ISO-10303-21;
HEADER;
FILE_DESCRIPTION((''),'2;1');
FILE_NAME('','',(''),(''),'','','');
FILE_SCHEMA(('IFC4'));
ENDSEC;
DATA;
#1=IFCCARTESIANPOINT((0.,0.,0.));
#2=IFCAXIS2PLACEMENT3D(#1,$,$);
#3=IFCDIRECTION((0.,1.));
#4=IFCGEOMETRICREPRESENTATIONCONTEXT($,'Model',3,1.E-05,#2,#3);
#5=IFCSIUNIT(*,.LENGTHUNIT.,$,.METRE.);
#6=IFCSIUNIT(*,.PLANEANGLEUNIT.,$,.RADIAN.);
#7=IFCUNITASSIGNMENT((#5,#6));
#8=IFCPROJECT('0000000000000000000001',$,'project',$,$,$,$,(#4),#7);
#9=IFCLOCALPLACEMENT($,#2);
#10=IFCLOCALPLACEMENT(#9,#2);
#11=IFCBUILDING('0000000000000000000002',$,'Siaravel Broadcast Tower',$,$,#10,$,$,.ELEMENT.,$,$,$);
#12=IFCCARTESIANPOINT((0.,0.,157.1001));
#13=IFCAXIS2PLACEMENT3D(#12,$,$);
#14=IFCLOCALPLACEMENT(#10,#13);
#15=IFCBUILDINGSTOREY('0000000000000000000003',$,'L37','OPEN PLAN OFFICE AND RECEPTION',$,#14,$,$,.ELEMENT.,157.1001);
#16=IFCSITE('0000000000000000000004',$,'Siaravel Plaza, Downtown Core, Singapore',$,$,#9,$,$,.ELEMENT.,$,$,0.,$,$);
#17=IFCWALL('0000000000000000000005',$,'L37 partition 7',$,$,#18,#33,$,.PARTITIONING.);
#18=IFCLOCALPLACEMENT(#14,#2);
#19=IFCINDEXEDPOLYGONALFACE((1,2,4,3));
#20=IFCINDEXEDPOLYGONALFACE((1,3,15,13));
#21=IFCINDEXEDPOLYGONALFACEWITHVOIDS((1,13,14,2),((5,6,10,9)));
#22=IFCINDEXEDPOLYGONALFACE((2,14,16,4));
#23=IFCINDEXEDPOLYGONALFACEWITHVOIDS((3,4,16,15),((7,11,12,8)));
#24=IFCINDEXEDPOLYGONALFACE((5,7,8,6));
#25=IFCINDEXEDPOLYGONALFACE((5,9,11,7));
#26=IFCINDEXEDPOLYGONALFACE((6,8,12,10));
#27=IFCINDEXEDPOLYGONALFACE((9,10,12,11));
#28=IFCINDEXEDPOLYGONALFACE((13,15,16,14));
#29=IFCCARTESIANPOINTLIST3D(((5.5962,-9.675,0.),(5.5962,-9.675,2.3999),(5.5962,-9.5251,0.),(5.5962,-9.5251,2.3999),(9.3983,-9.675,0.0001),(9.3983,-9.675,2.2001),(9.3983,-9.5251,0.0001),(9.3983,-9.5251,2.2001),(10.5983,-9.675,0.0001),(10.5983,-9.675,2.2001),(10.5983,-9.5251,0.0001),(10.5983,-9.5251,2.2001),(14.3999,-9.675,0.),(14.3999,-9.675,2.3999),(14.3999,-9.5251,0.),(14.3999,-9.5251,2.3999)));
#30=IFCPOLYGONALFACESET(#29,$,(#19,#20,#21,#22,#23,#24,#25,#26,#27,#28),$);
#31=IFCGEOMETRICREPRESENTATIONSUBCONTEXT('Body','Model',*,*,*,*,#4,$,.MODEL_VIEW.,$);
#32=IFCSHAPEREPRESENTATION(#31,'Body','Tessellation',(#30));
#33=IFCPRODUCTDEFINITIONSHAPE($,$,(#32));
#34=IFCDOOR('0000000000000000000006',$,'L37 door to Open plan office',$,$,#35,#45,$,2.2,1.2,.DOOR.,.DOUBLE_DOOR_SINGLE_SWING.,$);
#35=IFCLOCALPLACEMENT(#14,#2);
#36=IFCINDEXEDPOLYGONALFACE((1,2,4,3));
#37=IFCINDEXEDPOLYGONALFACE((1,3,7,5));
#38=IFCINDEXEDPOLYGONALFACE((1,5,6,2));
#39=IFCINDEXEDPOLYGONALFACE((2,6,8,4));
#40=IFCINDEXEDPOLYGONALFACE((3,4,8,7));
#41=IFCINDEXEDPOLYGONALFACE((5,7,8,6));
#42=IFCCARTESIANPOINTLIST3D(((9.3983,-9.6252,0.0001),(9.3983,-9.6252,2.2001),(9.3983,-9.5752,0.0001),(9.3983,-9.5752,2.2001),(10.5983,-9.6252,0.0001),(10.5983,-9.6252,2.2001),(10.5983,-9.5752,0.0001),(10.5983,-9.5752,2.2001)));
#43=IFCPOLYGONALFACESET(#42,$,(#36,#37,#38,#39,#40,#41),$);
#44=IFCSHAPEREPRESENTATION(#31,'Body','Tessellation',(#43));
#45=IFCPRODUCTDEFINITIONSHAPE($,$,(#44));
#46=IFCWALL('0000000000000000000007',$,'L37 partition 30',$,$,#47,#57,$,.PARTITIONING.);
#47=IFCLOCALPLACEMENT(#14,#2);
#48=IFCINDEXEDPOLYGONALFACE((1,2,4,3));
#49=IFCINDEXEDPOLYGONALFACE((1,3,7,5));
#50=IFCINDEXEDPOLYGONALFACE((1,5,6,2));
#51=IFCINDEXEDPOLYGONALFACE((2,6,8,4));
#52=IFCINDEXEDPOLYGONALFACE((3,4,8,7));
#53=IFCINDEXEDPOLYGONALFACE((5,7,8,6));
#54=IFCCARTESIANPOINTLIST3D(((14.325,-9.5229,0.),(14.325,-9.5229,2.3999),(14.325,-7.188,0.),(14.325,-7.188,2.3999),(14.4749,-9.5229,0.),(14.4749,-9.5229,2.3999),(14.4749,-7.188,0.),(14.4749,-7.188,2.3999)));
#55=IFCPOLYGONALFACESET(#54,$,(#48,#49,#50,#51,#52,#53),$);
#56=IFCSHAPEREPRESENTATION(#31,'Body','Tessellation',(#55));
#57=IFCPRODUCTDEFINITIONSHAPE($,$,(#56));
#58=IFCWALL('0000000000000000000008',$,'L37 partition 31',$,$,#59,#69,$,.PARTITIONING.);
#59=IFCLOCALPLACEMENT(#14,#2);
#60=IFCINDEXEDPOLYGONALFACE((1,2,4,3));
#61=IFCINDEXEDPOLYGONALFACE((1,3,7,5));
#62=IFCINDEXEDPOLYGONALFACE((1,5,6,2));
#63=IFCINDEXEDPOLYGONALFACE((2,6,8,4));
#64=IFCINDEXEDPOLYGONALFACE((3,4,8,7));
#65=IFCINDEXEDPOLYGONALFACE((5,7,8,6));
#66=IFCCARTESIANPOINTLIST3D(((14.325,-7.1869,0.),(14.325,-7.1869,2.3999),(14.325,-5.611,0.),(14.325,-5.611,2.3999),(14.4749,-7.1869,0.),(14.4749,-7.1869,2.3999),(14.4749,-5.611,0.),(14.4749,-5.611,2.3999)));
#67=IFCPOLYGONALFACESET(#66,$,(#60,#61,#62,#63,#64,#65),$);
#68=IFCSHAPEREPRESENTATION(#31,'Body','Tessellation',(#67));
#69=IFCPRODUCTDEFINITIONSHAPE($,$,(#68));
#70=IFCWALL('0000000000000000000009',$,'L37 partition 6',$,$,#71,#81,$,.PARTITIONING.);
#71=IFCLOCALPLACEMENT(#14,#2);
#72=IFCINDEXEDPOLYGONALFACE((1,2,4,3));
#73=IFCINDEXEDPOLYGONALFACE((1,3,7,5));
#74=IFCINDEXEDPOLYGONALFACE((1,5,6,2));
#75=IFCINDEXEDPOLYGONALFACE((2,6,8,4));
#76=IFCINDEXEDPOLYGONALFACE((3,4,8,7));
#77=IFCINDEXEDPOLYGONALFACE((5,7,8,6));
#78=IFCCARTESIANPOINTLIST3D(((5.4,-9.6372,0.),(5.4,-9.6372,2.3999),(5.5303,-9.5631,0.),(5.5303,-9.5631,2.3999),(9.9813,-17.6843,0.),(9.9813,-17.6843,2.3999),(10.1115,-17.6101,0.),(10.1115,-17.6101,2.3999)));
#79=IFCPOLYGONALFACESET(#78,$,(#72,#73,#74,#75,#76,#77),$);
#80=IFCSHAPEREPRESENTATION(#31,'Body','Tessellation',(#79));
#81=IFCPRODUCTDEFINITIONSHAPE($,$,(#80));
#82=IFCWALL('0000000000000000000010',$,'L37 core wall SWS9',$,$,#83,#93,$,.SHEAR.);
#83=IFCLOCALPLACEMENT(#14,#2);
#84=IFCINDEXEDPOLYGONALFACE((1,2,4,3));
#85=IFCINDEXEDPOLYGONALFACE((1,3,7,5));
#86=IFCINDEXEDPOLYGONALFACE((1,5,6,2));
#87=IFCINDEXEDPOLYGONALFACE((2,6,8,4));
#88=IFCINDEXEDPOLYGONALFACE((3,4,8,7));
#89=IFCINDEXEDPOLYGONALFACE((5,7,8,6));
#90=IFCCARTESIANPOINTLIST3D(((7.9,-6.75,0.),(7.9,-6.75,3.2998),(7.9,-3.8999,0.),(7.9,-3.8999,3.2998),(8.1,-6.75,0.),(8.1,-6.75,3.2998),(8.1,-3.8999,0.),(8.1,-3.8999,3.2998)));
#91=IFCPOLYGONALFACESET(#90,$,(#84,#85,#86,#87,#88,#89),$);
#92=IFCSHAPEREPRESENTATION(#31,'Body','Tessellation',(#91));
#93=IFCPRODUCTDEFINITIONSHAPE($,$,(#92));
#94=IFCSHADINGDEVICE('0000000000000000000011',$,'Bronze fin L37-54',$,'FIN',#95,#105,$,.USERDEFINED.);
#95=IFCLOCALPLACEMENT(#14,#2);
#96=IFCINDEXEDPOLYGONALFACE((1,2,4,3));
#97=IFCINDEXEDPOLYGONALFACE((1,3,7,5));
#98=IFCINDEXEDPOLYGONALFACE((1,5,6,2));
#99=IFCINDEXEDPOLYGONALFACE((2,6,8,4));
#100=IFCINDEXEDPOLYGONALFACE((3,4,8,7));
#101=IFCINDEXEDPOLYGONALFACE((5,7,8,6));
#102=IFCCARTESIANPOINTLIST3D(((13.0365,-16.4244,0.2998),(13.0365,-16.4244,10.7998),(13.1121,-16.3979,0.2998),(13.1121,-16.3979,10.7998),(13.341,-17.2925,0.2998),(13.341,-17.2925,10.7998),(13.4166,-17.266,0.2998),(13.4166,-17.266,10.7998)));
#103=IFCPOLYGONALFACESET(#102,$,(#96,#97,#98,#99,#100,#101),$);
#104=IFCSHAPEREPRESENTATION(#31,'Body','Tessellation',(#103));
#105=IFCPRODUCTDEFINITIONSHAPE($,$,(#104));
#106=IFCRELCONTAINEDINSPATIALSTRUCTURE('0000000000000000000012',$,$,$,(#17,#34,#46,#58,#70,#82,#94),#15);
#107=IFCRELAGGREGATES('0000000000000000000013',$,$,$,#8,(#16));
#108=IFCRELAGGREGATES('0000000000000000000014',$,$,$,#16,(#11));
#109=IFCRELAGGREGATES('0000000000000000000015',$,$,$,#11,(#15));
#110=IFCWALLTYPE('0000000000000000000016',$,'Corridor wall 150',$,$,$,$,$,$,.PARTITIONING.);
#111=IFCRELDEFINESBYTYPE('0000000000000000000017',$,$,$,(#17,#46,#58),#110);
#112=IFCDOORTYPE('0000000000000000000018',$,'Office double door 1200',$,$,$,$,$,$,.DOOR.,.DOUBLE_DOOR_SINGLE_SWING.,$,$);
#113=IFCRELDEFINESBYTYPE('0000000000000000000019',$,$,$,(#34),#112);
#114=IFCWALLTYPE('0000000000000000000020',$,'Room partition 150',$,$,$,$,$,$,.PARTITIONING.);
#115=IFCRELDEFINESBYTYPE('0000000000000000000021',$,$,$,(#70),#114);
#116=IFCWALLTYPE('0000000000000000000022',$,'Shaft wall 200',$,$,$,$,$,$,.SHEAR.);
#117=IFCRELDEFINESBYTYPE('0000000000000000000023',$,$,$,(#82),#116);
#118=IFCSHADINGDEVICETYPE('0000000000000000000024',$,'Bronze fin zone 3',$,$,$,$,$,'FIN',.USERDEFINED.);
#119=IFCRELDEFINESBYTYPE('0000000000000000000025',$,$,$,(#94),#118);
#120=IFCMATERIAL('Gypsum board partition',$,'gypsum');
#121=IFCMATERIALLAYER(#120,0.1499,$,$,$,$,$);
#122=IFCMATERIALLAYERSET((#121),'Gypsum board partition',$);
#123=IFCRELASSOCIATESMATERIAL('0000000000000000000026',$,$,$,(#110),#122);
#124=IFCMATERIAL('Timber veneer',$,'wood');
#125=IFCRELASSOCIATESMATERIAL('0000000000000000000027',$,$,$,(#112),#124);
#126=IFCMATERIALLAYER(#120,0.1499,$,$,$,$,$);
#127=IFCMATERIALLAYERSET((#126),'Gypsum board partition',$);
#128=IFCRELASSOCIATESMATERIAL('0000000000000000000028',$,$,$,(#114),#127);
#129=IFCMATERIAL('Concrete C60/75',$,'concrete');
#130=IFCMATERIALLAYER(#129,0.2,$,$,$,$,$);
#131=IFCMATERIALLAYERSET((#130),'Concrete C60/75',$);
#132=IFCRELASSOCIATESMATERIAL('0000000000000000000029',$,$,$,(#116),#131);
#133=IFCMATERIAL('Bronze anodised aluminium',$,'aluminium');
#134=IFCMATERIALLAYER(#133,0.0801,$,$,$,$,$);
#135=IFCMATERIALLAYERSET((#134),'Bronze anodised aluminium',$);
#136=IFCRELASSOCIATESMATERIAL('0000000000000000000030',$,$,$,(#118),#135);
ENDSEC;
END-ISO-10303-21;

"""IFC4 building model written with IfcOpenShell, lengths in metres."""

from ifc_helpers import new_model, si_unit, direction, frame, frame_2d, origin, origin_2d, place, context, subcontext, project, spatial, rectangle, extrude, material, layer, layer_set, type_object, element, fill, save


model = new_model("IFC4")

# Units and contexts
model_context = context("Model", 3, precision=1e-05, world=origin(), true_north=direction((0.0, 1.0)))
body_context = subcontext(model_context, "Body", "Model", "MODEL_VIEW")
ifc_project = project(units=[si_unit("LENGTHUNIT", "METRE"), si_unit("PLANEANGLEUNIT", "RADIAN")], contexts=[model_context])

# Site, building, storey
site_placement = place(None, origin())
site = spatial("IfcSite", under=ifc_project, at=site_placement, Name="Siaravel Plaza, Downtown Core, Singapore", CompositionType="ELEMENT", RefElevation=0.0)
building_placement = place(site_placement, origin())
building = spatial("IfcBuilding", under=site, at=building_placement, Name="Siaravel Broadcast Tower", CompositionType="ELEMENT")
storey_placement = place(building_placement, frame((0.0, 0.0, 157.1001)))
storey = spatial("IfcBuildingStorey", under=building, at=storey_placement, Name="L37", Description="OPEN PLAN OFFICE AND RECEPTION", CompositionType="ELEMENT", Elevation=157.1001)

# Shared definitions
ifc_material_1 = material(Name="Concrete C60/75", Category="concrete")

# Wall, opening, door
ifc_material_2 = material(Name="Gypsum board partition", Category="gypsum")
ifc_layer_1 = layer(ifc_material_2, 0.1499)
ifc_layer_set_1 = layer_set([ifc_layer_1], Name="Gypsum board partition")
wall_type_1 = type_object("IfcWallType", Name="Corridor wall 150", PredefinedType="PARTITIONING", material=ifc_layer_set_1)
wall_1_placement = place(storey_placement, frame((5.5962, -9.6001, 0.0), z_axis=(0.0, 0.0, 1.0), x_axis=(1.0, 0.0, 0.0)))
wall_1 = element("IfcWall", 1, at=wall_1_placement, inside=storey, type_object=wall_type_1, Name="L37 partition 7", PredefinedType="PARTITIONING", context=body_context, shape_type="SweptSolid", body=[
    extrude(rectangle(XDim=8.8037, YDim=0.1499, at=frame_2d((4.4019, 0.0))), origin(), (0.0, 0.0, 1.0), 2.3999),
])
opening_1_placement = place(wall_1_placement, frame((3.802, 0.0, 0.0)))
opening_1 = element("IfcOpeningElement", 2, at=opening_1_placement, cuts=wall_1, PredefinedType="OPENING", context=body_context, shape_type="SweptSolid", body=[
    extrude(rectangle(XDim=1.2, YDim=2.2, at=frame_2d((0.6001, 1.1001))), frame((0.0, 0.085, 0.0), z_axis=(0.0, -1.0, 0.0), x_axis=(1.0, 0.0, 0.0)), (0.0, 0.0, 1.0), 0.1699),
])
ifc_material_3 = material(Name="Timber veneer", Category="wood")
door_type_1 = type_object("IfcDoorType", Name="Office double door 1200", OperationType="DOUBLE_DOOR_SINGLE_SWING", PredefinedType="DOOR", material=ifc_material_3)
door_1_placement = place(opening_1_placement, origin())
door_1 = element("IfcDoor", 3, at=door_1_placement, inside=storey, type_object=door_type_1, Name="L37 door to Open plan office", OperationType="DOUBLE_DOOR_SINGLE_SWING", OverallHeight=2.2, OverallWidth=1.2, PredefinedType="DOOR", context=body_context, shape_type="SweptSolid", body=[
    extrude(rectangle(XDim=1.2, YDim=2.2, at=frame_2d((0.6001, 1.1001))), frame((0.0, 0.0249, 0.0), z_axis=(0.0, -1.0, 0.0), x_axis=(1.0, 0.0, 0.0)), (0.0, 0.0, 1.0), 0.05),
])
fill(opening_1, door_1)

# Walls
wall_2_placement = place(storey_placement, frame((14.3999, -9.5229, 0.0), z_axis=(0.0, 0.0, 1.0), x_axis=(0.0, 1.0, 0.0)))
element("IfcWall", 4, at=wall_2_placement, inside=storey, type_object=wall_type_1, Name="L37 partition 30", PredefinedType="PARTITIONING", context=body_context, shape_type="SweptSolid", body=[
    extrude(rectangle(XDim=2.335, YDim=0.1499, at=frame_2d((1.1675, 0.0))), origin(), (0.0, 0.0, 1.0), 2.3999),
])
wall_3_placement = place(storey_placement, frame((14.3999, -7.187, 0.0), z_axis=(0.0, 0.0, 1.0), x_axis=(0.0, 1.0, 0.0)))
element("IfcWall", 5, at=wall_3_placement, inside=storey, type_object=wall_type_1, Name="L37 partition 31", PredefinedType="PARTITIONING", context=body_context, shape_type="SweptSolid", body=[
    extrude(rectangle(XDim=1.5759, YDim=0.1499, at=frame_2d((0.7881, 0.0))), origin(), (0.0, 0.0, 1.0), 2.3999),
])
ifc_layer_2 = layer(ifc_material_2, 0.1499)
ifc_layer_set_2 = layer_set([ifc_layer_2], Name="Gypsum board partition")
wall_type_2 = type_object("IfcWallType", Name="Room partition 150", PredefinedType="PARTITIONING", material=ifc_layer_set_2)
wall_4_placement = place(storey_placement, frame((10.0464, -17.6472, 0.0), z_axis=(0.0, 0.0, 1.0), x_axis=(-0.49475, 0.869035, 0.0)))
element("IfcWall", 6, at=wall_4_placement, inside=storey, type_object=wall_type_2, Name="L37 partition 6", PredefinedType="PARTITIONING", context=body_context, shape_type="SweptSolid", body=[
    extrude(rectangle(XDim=9.2598, YDim=0.1499, at=frame_2d((4.6299, 0.0))), origin(), (0.0, 0.0, 1.0), 2.3999),
])
ifc_layer_3 = layer(ifc_material_1, 0.2)
ifc_layer_set_3 = layer_set([ifc_layer_3], Name="Concrete C60/75")
wall_type_3 = type_object("IfcWallType", Name="Shaft wall 200", PredefinedType="SHEAR", material=ifc_layer_set_3)
wall_5_placement = place(storey_placement, frame((8.0, -6.75, 0.0), z_axis=(0.0, 0.0, 1.0), x_axis=(0.0, 1.0, 0.0)))
element("IfcWall", 7, at=wall_5_placement, inside=storey, type_object=wall_type_3, Name="L37 core wall SWS9", PredefinedType="SHEAR", context=body_context, shape_type="SweptSolid", body=[
    extrude(rectangle(XDim=2.8501, YDim=0.2, at=frame_2d((1.425, 0.0))), origin(), (0.0, 0.0, 1.0), 3.2998),
])

# Shading device
ifc_material_4 = material(Name="Bronze anodised aluminium", Category="aluminium")
ifc_layer_4 = layer(ifc_material_4, 0.0801)
ifc_layer_set_4 = layer_set([ifc_layer_4], Name="Bronze anodised aluminium")
shading_device_type = type_object("IfcShadingDeviceType", Name="Bronze fin zone 3", ElementType="FIN", PredefinedType="USERDEFINED", material=ifc_layer_set_4)
shading_device_placement = place(storey_placement, frame((13.2266, -16.8452, 0.2998), z_axis=(0.0, 0.0, 1.0), x_axis=(0.331037, -0.943618, 0.0)))
element("IfcShadingDevice", 8, at=shading_device_placement, inside=storey, type_object=shading_device_type, Name="Bronze fin L37-54", ObjectType="FIN", PredefinedType="USERDEFINED", context=body_context, shape_type="SweptSolid", body=[
    extrude(rectangle(XDim=0.9199, YDim=0.0801, at=origin_2d()), origin(), (0.0, 0.0, 1.0), 10.5),
])

save(model, "model.ifc")
